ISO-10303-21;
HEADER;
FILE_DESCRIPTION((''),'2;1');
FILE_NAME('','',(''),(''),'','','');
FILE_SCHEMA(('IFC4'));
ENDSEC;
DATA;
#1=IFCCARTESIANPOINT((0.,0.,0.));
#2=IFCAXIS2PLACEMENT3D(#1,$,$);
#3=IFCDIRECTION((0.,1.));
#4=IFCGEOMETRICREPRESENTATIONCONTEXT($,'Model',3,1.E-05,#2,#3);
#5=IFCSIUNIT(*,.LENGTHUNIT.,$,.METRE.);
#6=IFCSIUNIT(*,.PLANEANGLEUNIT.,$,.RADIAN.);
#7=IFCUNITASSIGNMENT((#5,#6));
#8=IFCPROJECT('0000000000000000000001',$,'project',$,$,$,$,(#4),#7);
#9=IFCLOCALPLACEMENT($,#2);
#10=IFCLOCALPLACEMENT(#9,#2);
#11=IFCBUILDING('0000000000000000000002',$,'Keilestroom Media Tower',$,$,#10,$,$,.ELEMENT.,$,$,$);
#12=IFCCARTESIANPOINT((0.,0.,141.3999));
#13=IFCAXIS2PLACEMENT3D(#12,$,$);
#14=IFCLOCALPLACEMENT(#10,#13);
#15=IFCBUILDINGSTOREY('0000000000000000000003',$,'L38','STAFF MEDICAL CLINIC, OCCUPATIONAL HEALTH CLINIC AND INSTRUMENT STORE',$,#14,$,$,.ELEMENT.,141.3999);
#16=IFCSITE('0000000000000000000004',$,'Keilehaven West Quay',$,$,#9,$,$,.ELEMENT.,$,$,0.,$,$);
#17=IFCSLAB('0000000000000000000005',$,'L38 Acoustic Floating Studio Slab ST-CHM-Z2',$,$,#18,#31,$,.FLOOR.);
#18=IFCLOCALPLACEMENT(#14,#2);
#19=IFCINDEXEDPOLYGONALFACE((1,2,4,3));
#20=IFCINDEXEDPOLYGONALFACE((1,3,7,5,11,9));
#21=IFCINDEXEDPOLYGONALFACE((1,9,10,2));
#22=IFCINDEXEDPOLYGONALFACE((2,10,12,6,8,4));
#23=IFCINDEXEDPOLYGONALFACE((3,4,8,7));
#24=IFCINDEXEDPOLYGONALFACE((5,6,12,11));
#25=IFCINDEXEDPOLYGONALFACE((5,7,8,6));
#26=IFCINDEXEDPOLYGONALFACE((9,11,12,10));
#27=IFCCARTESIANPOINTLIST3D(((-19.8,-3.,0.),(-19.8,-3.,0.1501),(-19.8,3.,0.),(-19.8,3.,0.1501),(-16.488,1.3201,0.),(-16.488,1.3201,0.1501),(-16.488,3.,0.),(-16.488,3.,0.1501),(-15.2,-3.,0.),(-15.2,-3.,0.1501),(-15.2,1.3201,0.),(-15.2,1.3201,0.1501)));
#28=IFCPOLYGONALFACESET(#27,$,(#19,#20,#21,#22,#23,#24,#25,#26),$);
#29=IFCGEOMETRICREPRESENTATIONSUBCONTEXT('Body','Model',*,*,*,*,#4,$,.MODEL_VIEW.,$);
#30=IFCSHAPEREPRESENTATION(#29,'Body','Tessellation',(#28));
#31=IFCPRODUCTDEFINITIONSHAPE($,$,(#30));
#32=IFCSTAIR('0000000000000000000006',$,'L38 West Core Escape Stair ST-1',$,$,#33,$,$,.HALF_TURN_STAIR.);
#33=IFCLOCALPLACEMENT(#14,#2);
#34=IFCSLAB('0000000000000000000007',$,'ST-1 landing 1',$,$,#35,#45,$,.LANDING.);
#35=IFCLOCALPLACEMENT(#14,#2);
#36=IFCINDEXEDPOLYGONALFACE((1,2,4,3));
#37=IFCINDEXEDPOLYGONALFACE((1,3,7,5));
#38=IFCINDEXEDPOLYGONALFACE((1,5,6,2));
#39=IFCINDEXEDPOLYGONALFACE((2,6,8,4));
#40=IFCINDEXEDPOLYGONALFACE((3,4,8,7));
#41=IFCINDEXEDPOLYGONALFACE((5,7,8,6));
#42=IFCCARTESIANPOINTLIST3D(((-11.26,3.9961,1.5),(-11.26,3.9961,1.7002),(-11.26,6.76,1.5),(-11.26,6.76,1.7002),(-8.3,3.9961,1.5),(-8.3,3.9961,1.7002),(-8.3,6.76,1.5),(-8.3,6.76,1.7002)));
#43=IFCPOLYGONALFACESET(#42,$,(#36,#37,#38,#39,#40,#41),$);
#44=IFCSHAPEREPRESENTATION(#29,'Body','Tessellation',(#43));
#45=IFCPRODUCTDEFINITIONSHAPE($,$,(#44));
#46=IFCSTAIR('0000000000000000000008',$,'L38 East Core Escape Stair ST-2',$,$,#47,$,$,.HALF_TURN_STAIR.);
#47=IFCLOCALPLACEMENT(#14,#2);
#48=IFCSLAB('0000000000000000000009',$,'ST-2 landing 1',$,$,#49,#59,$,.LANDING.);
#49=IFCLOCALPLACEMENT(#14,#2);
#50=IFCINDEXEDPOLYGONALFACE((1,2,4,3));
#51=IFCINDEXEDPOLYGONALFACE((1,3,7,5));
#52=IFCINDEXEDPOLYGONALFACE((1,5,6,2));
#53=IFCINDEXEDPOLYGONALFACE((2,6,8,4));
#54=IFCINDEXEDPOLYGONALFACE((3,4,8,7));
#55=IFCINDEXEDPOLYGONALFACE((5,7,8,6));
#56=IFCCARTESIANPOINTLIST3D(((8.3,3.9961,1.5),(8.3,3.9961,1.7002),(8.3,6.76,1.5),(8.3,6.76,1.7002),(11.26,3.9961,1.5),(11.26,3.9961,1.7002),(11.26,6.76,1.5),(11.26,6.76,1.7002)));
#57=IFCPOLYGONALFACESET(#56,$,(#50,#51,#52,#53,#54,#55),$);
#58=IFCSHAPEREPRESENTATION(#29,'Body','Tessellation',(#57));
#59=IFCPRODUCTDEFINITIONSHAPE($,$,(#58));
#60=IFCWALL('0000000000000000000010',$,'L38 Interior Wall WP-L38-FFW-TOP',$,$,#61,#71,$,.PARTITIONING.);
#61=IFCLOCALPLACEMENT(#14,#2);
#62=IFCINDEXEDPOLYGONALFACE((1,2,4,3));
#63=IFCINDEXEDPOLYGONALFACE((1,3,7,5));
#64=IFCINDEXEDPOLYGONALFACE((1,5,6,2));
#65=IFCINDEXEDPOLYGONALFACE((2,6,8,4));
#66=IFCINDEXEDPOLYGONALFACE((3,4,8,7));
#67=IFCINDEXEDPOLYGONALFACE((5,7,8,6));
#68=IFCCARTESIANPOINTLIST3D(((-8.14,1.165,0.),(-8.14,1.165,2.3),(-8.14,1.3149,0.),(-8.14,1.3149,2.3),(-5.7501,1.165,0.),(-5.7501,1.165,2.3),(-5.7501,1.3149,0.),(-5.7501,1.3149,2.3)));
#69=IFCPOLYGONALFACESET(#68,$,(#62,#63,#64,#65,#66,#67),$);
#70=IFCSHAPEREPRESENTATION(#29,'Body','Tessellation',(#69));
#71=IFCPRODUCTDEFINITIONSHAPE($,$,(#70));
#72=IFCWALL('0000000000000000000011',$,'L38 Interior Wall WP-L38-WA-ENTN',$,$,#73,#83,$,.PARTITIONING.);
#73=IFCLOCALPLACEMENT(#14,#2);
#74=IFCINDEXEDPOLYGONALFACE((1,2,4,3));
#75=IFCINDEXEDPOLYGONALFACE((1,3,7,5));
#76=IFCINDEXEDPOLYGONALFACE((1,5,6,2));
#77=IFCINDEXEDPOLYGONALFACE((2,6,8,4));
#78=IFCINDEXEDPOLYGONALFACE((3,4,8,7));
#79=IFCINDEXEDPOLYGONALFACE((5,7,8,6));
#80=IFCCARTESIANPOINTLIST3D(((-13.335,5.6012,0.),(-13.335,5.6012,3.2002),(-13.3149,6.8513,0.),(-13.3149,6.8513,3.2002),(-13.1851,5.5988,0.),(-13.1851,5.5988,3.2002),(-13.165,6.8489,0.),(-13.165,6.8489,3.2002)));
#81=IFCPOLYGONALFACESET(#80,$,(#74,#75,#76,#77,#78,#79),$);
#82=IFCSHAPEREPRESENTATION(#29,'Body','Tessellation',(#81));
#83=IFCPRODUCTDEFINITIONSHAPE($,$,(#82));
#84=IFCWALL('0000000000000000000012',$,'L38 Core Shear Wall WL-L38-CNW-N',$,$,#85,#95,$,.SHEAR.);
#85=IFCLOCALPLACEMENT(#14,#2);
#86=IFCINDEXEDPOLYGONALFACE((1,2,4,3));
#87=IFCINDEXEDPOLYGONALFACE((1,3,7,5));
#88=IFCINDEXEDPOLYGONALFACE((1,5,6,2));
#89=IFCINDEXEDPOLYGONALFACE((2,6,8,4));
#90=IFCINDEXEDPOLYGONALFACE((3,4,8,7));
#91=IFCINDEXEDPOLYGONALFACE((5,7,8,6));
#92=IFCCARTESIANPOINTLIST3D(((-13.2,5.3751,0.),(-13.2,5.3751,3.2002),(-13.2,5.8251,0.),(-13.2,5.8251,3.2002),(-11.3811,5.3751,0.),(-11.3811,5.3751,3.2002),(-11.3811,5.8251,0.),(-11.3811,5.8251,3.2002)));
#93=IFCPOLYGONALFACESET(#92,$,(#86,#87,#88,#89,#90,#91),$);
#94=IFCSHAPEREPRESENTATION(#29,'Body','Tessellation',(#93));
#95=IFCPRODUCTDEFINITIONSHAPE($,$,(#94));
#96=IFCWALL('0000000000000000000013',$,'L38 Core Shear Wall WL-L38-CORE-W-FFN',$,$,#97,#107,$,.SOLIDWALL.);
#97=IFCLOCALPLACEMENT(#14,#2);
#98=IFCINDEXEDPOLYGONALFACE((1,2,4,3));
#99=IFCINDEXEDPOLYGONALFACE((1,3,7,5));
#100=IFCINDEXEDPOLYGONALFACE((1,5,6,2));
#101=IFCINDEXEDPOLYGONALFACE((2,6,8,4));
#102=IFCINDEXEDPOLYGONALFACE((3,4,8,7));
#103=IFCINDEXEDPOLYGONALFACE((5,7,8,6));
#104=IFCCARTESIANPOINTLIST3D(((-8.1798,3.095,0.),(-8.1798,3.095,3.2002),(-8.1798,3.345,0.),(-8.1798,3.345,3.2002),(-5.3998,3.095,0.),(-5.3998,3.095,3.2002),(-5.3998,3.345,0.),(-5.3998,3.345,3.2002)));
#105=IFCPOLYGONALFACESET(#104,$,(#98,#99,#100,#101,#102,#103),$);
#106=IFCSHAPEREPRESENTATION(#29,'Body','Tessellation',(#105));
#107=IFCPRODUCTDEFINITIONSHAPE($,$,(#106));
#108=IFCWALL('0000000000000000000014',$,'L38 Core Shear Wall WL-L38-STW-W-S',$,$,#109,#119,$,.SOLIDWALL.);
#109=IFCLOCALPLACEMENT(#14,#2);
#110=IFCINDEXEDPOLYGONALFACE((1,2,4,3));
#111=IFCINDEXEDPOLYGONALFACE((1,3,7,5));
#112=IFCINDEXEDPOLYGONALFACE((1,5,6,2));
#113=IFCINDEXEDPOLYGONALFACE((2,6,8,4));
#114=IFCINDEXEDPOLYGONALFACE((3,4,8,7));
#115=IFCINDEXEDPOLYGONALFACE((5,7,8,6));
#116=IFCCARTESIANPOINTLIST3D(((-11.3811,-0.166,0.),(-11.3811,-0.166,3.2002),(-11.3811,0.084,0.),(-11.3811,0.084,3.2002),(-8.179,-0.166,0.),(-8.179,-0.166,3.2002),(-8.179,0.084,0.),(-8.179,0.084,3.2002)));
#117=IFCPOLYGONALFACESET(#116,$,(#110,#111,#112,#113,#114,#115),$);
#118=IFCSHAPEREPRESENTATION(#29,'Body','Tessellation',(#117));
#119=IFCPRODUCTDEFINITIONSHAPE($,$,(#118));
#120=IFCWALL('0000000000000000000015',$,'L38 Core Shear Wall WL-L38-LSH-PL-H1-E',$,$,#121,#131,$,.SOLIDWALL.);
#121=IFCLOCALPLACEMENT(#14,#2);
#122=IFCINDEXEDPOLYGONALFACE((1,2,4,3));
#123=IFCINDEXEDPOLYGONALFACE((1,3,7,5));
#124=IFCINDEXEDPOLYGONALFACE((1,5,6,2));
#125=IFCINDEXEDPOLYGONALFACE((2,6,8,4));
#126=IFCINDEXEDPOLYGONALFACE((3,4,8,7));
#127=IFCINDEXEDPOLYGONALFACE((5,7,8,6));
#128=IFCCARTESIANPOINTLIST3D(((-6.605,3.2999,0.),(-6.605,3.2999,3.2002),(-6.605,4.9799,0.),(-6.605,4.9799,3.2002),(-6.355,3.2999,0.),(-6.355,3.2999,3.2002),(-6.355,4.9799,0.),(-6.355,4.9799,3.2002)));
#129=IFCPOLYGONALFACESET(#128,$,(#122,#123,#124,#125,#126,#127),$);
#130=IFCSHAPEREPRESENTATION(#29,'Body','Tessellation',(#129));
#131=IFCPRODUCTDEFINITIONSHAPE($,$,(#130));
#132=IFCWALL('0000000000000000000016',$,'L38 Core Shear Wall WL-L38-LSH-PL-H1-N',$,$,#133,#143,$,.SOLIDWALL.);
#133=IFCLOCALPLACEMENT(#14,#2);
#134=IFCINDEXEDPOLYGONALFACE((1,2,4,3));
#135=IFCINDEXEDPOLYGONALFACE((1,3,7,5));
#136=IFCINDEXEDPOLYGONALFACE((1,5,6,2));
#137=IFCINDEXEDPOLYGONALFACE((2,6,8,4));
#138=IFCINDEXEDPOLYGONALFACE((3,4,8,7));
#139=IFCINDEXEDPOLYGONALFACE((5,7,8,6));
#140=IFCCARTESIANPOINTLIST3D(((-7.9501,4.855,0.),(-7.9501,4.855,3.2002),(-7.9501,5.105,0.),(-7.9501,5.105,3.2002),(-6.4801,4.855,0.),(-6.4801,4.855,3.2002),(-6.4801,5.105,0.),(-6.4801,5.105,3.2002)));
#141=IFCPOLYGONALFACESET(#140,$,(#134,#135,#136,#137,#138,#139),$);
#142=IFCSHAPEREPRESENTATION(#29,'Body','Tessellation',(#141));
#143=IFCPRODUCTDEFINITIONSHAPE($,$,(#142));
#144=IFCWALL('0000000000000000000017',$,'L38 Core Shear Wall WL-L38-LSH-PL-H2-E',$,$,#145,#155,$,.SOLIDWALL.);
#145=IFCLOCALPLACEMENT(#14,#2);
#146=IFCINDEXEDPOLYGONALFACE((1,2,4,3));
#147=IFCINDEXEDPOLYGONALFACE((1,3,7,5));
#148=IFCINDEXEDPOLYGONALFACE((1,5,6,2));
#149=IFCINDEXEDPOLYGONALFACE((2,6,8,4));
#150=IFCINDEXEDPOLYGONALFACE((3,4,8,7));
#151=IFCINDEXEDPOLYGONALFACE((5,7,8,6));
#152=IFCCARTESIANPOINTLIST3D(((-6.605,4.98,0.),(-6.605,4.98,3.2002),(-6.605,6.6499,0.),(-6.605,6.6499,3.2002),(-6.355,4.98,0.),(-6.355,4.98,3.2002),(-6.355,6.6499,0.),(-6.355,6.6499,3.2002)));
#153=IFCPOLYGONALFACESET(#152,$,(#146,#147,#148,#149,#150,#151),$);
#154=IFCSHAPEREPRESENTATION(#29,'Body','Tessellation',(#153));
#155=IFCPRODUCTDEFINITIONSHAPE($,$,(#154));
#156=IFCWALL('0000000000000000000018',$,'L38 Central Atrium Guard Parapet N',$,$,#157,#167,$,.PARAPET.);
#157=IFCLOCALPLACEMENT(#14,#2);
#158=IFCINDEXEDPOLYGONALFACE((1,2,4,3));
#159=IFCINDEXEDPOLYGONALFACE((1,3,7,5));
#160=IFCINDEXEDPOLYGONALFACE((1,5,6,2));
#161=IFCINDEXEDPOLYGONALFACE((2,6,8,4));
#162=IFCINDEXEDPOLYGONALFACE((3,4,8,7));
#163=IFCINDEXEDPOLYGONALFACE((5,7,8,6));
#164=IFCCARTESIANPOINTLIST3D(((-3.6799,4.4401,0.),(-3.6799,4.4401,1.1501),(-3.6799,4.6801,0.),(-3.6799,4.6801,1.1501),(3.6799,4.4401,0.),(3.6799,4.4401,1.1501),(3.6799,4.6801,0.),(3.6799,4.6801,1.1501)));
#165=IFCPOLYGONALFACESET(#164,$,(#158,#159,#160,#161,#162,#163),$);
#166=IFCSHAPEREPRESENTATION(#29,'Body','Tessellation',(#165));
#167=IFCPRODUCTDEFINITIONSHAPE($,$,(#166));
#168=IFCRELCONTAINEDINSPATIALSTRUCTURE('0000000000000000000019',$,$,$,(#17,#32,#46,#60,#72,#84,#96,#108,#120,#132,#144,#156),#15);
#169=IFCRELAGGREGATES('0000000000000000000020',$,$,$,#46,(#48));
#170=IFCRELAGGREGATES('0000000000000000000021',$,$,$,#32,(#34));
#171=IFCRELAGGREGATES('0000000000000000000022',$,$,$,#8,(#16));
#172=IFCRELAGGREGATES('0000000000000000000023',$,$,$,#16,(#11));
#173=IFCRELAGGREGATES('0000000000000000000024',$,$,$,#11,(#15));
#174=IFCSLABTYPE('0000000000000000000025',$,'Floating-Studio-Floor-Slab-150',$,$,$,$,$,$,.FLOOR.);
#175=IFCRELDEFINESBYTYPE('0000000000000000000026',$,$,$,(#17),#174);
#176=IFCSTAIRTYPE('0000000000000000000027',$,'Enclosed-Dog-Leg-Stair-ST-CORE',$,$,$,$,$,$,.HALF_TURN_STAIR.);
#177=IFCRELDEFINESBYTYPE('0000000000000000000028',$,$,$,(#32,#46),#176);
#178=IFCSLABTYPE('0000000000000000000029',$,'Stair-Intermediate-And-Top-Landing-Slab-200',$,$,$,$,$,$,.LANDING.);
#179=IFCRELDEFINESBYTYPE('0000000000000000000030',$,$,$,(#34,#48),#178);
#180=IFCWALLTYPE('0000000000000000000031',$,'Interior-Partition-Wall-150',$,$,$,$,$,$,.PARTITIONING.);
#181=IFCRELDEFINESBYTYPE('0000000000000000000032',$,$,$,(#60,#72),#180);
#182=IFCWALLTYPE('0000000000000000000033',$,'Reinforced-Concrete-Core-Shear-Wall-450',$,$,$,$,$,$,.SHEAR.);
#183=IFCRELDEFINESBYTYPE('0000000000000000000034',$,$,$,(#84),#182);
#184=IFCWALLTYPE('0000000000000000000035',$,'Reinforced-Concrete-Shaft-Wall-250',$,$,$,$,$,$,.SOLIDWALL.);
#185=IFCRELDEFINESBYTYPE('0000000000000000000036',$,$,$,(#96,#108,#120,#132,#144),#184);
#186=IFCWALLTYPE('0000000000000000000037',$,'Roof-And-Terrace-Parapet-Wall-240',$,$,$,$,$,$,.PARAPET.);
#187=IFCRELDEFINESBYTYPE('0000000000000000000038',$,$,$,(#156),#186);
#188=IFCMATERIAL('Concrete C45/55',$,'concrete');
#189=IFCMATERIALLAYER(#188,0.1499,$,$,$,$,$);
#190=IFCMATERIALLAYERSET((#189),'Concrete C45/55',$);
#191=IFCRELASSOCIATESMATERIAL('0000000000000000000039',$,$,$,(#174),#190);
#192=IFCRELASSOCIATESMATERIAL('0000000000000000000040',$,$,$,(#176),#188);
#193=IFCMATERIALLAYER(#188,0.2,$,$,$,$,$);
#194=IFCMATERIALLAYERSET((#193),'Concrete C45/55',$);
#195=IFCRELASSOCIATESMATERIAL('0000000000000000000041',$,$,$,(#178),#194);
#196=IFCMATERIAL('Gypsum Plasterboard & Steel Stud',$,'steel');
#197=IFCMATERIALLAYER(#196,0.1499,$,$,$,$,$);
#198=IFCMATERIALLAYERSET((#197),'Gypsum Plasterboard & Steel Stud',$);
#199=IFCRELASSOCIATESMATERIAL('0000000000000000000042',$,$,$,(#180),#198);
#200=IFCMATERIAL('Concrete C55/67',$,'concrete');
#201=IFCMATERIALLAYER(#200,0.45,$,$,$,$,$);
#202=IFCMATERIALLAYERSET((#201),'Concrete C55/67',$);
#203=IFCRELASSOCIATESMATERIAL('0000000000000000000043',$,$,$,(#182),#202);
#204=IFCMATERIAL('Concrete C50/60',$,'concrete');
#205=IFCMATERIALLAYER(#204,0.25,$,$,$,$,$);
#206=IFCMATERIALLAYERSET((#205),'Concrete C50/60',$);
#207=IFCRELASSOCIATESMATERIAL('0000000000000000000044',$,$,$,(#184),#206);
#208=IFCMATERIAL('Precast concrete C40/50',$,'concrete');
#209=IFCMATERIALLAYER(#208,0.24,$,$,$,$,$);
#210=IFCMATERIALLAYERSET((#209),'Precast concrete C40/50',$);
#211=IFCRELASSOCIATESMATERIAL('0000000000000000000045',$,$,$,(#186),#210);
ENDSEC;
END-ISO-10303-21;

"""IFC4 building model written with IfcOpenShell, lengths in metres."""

from ifc_helpers import new_model, si_unit, direction, frame, frame_2d, origin, place, context, subcontext, project, spatial, polyline, rectangle, outline, extrude, material, layer, layer_set, type_object, element, aggregate, save


model = new_model("IFC4")

# Units and contexts
model_context = context("Model", 3, precision=1e-05, world=origin(), true_north=direction((0.0, 1.0)))
body_context = subcontext(model_context, "Body", "Model", "MODEL_VIEW")
ifc_project = project(units=[si_unit("LENGTHUNIT", "METRE"), si_unit("PLANEANGLEUNIT", "RADIAN")], contexts=[model_context])

# Site, building, storey
site_placement = place(None, origin())
site = spatial("IfcSite", under=ifc_project, at=site_placement, Name="Keilehaven West Quay", CompositionType="ELEMENT", RefElevation=0.0)
building_placement = place(site_placement, origin())
building = spatial("IfcBuilding", under=site, at=building_placement, Name="Keilestroom Media Tower", CompositionType="ELEMENT")
storey_placement = place(building_placement, frame((0.0, 0.0, 141.3999)))
storey = spatial("IfcBuildingStorey", under=building, at=storey_placement, Name="L38", Description="STAFF MEDICAL CLINIC, OCCUPATIONAL HEALTH CLINIC AND INSTRUMENT STORE", CompositionType="ELEMENT", Elevation=141.3999)

# Slab
ifc_material_1 = material(Name="Concrete C50/60", Category="concrete")
ifc_material_2 = material(Name="Concrete C45/55", Category="concrete")
ifc_layer_1 = layer(ifc_material_2, 0.1499)
ifc_layer_set_1 = layer_set([ifc_layer_1], Name="Concrete C45/55")
slab_type_1 = type_object("IfcSlabType", Name="Floating-Studio-Floor-Slab-150", PredefinedType="FLOOR", material=ifc_layer_set_1)
slab_1_placement = place(storey_placement, origin())
element("IfcSlab", 1, at=slab_1_placement, inside=storey, type_object=slab_type_1, Name="L38 Acoustic Floating Studio Slab ST-CHM-Z2", PredefinedType="FLOOR", context=body_context, shape_type="SweptSolid", body=[
    extrude(outline(polyline([(-19.8, -3.0), (-15.2, -3.0), (-15.2, 1.3201), (-16.488, 1.3201), (-16.488, 3.0), (-19.8, 3.0), (-19.8, -3.0)])), origin(), (0.0, 0.0, 1.0), 0.1501),
])

# Stairs, slabs
stair_type = type_object("IfcStairType", Name="Enclosed-Dog-Leg-Stair-ST-CORE", PredefinedType="HALF_TURN_STAIR", material=ifc_material_2)
stair_1_placement = place(storey_placement, origin())
stair_1 = element("IfcStair", 2, at=stair_1_placement, inside=storey, type_object=stair_type, Name="L38 West Core Escape Stair ST-1", PredefinedType="HALF_TURN_STAIR")
ifc_layer_2 = layer(ifc_material_2, 0.2)
ifc_layer_set_2 = layer_set([ifc_layer_2], Name="Concrete C45/55")
slab_type_2 = type_object("IfcSlabType", Name="Stair-Intermediate-And-Top-Landing-Slab-200", PredefinedType="LANDING", material=ifc_layer_set_2)
slab_2_placement = place(storey_placement, frame((0.0, 0.0, 1.5)))
slab_2 = element("IfcSlab", 3, at=slab_2_placement, type_object=slab_type_2, Name="ST-1 landing 1", PredefinedType="LANDING", context=body_context, shape_type="SweptSolid", body=[
    extrude(outline(polyline([(-8.3, 3.9961), (-8.3, 6.76), (-11.26, 6.76), (-11.26, 3.9961), (-8.3, 3.9961)])), origin(), (0.0, 0.0, 1.0), 0.2002),
])
stair_2_placement = place(storey_placement, origin())
stair_2 = element("IfcStair", 4, at=stair_2_placement, inside=storey, type_object=stair_type, Name="L38 East Core Escape Stair ST-2", PredefinedType="HALF_TURN_STAIR")
slab_3_placement = place(storey_placement, frame((0.0, 0.0, 1.5)))
slab_3 = element("IfcSlab", 5, at=slab_3_placement, type_object=slab_type_2, Name="ST-2 landing 1", PredefinedType="LANDING", context=body_context, shape_type="SweptSolid", body=[
    extrude(outline(polyline([(11.26, 3.9961), (11.26, 6.76), (8.3, 6.76), (8.3, 3.9961), (11.26, 3.9961)])), origin(), (0.0, 0.0, 1.0), 0.2002),
])
aggregate(stair_2, [slab_3])

# Walls
ifc_material_3 = material(Name="Gypsum Plasterboard & Steel Stud", Category="steel")
ifc_layer_3 = layer(ifc_material_3, 0.1499)
ifc_layer_set_3 = layer_set([ifc_layer_3], Name="Gypsum Plasterboard & Steel Stud")
wall_type_1 = type_object("IfcWallType", Name="Interior-Partition-Wall-150", PredefinedType="PARTITIONING", material=ifc_layer_set_3)
wall_1_placement = place(storey_placement, frame((-8.1399, 1.24, 0.0), z_axis=(0.0, 0.0, 1.0), x_axis=(1.0, 0.0, 0.0)))
element("IfcWall", 6, at=wall_1_placement, inside=storey, type_object=wall_type_1, Name="L38 Interior Wall WP-L38-FFW-TOP", PredefinedType="PARTITIONING", context=body_context, shape_type="SweptSolid", body=[
    extrude(rectangle(XDim=2.3899, YDim=0.1499, at=frame_2d((1.1948, 0.0))), origin(), (0.0, 0.0, 1.0), 2.3),
])
wall_2_placement = place(storey_placement, frame((-13.26, 5.6001, 0.0), z_axis=(0.0, 0.0, 1.0), x_axis=(0.016014, 0.999872, 0.0)))
element("IfcWall", 7, at=wall_2_placement, inside=storey, type_object=wall_type_1, Name="L38 Interior Wall WP-L38-WA-ENTN", PredefinedType="PARTITIONING", context=body_context, shape_type="SweptSolid", body=[
    extrude(rectangle(XDim=1.2502, YDim=0.1499, at=frame_2d((0.625, 0.0))), origin(), (0.0, 0.0, 1.0), 3.2002),
])
ifc_material_4 = material(Name="Concrete C55/67", Category="concrete")
ifc_layer_4 = layer(ifc_material_4, 0.45)
ifc_layer_set_4 = layer_set([ifc_layer_4], Name="Concrete C55/67")
wall_type_2 = type_object("IfcWallType", Name="Reinforced-Concrete-Core-Shear-Wall-450", PredefinedType="SHEAR", material=ifc_layer_set_4)
wall_3_placement = place(storey_placement, frame((-13.2, 5.6001, 0.0), z_axis=(0.0, 0.0, 1.0), x_axis=(1.0, 0.0, 0.0)))
element("IfcWall", 8, at=wall_3_placement, inside=storey, type_object=wall_type_2, Name="L38 Core Shear Wall WL-L38-CNW-N", PredefinedType="SHEAR", context=body_context, shape_type="SweptSolid", body=[
    extrude(rectangle(XDim=1.8188, YDim=0.45, at=frame_2d((0.9094, 0.0))), origin(), (0.0, 0.0, 1.0), 3.2002),
])
ifc_layer_5 = layer(ifc_material_1, 0.25)
ifc_layer_set_5 = layer_set([ifc_layer_5], Name="Concrete C50/60")
wall_type_3 = type_object("IfcWallType", Name="Reinforced-Concrete-Shaft-Wall-250", PredefinedType="SOLIDWALL", material=ifc_layer_set_5)
wall_4_placement = place(storey_placement, frame((-8.1799, 3.22, 0.0), z_axis=(0.0, 0.0, 1.0), x_axis=(1.0, 0.0, 0.0)))
element("IfcWall", 9, at=wall_4_placement, inside=storey, type_object=wall_type_3, Name="L38 Core Shear Wall WL-L38-CORE-W-FFN", PredefinedType="SOLIDWALL", context=body_context, shape_type="SweptSolid", body=[
    extrude(rectangle(XDim=2.78, YDim=0.25, at=frame_2d((1.3901, 0.0))), origin(), (0.0, 0.0, 1.0), 3.2002),
])
wall_5_placement = place(storey_placement, frame((-11.3811, -0.041, 0.0), z_axis=(0.0, 0.0, 1.0), x_axis=(1.0, 0.0, 0.0)))
element("IfcWall", 10, at=wall_5_placement, inside=storey, type_object=wall_type_3, Name="L38 Core Shear Wall WL-L38-STW-W-S", PredefinedType="SOLIDWALL", context=body_context, shape_type="SweptSolid", body=[
    extrude(rectangle(XDim=3.2021, YDim=0.25, at=frame_2d((1.6011, 0.0))), origin(), (0.0, 0.0, 1.0), 3.2002),
])
wall_6_placement = place(storey_placement, frame((-6.48, 3.3, 0.0), z_axis=(0.0, 0.0, 1.0), x_axis=(0.0, 1.0, 0.0)))
element("IfcWall", 11, at=wall_6_placement, inside=storey, type_object=wall_type_3, Name="L38 Core Shear Wall WL-L38-LSH-PL-H1-E", PredefinedType="SOLIDWALL", context=body_context, shape_type="SweptSolid", body=[
    extrude(rectangle(XDim=1.6799, YDim=0.25, at=frame_2d((0.8398, 0.0))), origin(), (0.0, 0.0, 1.0), 3.2002),
])
wall_7_placement = place(storey_placement, frame((-7.95, 4.98, 0.0), z_axis=(0.0, 0.0, 1.0), x_axis=(1.0, 0.0, 0.0)))
element("IfcWall", 12, at=wall_7_placement, inside=storey, type_object=wall_type_3, Name="L38 Core Shear Wall WL-L38-LSH-PL-H1-N", PredefinedType="SOLIDWALL", context=body_context, shape_type="SweptSolid", body=[
    extrude(rectangle(XDim=1.47, YDim=0.25, at=frame_2d((0.7349, 0.0))), origin(), (0.0, 0.0, 1.0), 3.2002),
])
wall_8_placement = place(storey_placement, frame((-6.48, 4.98, 0.0), z_axis=(0.0, 0.0, 1.0), x_axis=(0.0, 1.0, 0.0)))
element("IfcWall", 13, at=wall_8_placement, inside=storey, type_object=wall_type_3, Name="L38 Core Shear Wall WL-L38-LSH-PL-H2-E", PredefinedType="SOLIDWALL", context=body_context, shape_type="SweptSolid", body=[
    extrude(rectangle(XDim=1.6699, YDim=0.25, at=frame_2d((0.835, 0.0))), origin(), (0.0, 0.0, 1.0), 3.2002),
])
ifc_material_5 = material(Name="Precast concrete C40/50", Category="concrete")
ifc_layer_6 = layer(ifc_material_5, 0.24)
ifc_layer_set_6 = layer_set([ifc_layer_6], Name="Precast concrete C40/50")
wall_type_4 = type_object("IfcWallType", Name="Roof-And-Terrace-Parapet-Wall-240", PredefinedType="PARAPET", material=ifc_layer_set_6)
wall_9_placement = place(storey_placement, frame((-3.6799, 4.5601, 0.0), z_axis=(0.0, 0.0, 1.0), x_axis=(1.0, 0.0, 0.0)))
element("IfcWall", 14, at=wall_9_placement, inside=storey, type_object=wall_type_4, Name="L38 Central Atrium Guard Parapet N", PredefinedType="PARAPET", context=body_context, shape_type="SweptSolid", body=[
    extrude(rectangle(XDim=7.3599, YDim=0.24, at=frame_2d((3.6799, 0.0))), origin(), (0.0, 0.0, 1.0), 1.1501),
])

aggregate(stair_1, [slab_2])

save(model, "model.ifc")
